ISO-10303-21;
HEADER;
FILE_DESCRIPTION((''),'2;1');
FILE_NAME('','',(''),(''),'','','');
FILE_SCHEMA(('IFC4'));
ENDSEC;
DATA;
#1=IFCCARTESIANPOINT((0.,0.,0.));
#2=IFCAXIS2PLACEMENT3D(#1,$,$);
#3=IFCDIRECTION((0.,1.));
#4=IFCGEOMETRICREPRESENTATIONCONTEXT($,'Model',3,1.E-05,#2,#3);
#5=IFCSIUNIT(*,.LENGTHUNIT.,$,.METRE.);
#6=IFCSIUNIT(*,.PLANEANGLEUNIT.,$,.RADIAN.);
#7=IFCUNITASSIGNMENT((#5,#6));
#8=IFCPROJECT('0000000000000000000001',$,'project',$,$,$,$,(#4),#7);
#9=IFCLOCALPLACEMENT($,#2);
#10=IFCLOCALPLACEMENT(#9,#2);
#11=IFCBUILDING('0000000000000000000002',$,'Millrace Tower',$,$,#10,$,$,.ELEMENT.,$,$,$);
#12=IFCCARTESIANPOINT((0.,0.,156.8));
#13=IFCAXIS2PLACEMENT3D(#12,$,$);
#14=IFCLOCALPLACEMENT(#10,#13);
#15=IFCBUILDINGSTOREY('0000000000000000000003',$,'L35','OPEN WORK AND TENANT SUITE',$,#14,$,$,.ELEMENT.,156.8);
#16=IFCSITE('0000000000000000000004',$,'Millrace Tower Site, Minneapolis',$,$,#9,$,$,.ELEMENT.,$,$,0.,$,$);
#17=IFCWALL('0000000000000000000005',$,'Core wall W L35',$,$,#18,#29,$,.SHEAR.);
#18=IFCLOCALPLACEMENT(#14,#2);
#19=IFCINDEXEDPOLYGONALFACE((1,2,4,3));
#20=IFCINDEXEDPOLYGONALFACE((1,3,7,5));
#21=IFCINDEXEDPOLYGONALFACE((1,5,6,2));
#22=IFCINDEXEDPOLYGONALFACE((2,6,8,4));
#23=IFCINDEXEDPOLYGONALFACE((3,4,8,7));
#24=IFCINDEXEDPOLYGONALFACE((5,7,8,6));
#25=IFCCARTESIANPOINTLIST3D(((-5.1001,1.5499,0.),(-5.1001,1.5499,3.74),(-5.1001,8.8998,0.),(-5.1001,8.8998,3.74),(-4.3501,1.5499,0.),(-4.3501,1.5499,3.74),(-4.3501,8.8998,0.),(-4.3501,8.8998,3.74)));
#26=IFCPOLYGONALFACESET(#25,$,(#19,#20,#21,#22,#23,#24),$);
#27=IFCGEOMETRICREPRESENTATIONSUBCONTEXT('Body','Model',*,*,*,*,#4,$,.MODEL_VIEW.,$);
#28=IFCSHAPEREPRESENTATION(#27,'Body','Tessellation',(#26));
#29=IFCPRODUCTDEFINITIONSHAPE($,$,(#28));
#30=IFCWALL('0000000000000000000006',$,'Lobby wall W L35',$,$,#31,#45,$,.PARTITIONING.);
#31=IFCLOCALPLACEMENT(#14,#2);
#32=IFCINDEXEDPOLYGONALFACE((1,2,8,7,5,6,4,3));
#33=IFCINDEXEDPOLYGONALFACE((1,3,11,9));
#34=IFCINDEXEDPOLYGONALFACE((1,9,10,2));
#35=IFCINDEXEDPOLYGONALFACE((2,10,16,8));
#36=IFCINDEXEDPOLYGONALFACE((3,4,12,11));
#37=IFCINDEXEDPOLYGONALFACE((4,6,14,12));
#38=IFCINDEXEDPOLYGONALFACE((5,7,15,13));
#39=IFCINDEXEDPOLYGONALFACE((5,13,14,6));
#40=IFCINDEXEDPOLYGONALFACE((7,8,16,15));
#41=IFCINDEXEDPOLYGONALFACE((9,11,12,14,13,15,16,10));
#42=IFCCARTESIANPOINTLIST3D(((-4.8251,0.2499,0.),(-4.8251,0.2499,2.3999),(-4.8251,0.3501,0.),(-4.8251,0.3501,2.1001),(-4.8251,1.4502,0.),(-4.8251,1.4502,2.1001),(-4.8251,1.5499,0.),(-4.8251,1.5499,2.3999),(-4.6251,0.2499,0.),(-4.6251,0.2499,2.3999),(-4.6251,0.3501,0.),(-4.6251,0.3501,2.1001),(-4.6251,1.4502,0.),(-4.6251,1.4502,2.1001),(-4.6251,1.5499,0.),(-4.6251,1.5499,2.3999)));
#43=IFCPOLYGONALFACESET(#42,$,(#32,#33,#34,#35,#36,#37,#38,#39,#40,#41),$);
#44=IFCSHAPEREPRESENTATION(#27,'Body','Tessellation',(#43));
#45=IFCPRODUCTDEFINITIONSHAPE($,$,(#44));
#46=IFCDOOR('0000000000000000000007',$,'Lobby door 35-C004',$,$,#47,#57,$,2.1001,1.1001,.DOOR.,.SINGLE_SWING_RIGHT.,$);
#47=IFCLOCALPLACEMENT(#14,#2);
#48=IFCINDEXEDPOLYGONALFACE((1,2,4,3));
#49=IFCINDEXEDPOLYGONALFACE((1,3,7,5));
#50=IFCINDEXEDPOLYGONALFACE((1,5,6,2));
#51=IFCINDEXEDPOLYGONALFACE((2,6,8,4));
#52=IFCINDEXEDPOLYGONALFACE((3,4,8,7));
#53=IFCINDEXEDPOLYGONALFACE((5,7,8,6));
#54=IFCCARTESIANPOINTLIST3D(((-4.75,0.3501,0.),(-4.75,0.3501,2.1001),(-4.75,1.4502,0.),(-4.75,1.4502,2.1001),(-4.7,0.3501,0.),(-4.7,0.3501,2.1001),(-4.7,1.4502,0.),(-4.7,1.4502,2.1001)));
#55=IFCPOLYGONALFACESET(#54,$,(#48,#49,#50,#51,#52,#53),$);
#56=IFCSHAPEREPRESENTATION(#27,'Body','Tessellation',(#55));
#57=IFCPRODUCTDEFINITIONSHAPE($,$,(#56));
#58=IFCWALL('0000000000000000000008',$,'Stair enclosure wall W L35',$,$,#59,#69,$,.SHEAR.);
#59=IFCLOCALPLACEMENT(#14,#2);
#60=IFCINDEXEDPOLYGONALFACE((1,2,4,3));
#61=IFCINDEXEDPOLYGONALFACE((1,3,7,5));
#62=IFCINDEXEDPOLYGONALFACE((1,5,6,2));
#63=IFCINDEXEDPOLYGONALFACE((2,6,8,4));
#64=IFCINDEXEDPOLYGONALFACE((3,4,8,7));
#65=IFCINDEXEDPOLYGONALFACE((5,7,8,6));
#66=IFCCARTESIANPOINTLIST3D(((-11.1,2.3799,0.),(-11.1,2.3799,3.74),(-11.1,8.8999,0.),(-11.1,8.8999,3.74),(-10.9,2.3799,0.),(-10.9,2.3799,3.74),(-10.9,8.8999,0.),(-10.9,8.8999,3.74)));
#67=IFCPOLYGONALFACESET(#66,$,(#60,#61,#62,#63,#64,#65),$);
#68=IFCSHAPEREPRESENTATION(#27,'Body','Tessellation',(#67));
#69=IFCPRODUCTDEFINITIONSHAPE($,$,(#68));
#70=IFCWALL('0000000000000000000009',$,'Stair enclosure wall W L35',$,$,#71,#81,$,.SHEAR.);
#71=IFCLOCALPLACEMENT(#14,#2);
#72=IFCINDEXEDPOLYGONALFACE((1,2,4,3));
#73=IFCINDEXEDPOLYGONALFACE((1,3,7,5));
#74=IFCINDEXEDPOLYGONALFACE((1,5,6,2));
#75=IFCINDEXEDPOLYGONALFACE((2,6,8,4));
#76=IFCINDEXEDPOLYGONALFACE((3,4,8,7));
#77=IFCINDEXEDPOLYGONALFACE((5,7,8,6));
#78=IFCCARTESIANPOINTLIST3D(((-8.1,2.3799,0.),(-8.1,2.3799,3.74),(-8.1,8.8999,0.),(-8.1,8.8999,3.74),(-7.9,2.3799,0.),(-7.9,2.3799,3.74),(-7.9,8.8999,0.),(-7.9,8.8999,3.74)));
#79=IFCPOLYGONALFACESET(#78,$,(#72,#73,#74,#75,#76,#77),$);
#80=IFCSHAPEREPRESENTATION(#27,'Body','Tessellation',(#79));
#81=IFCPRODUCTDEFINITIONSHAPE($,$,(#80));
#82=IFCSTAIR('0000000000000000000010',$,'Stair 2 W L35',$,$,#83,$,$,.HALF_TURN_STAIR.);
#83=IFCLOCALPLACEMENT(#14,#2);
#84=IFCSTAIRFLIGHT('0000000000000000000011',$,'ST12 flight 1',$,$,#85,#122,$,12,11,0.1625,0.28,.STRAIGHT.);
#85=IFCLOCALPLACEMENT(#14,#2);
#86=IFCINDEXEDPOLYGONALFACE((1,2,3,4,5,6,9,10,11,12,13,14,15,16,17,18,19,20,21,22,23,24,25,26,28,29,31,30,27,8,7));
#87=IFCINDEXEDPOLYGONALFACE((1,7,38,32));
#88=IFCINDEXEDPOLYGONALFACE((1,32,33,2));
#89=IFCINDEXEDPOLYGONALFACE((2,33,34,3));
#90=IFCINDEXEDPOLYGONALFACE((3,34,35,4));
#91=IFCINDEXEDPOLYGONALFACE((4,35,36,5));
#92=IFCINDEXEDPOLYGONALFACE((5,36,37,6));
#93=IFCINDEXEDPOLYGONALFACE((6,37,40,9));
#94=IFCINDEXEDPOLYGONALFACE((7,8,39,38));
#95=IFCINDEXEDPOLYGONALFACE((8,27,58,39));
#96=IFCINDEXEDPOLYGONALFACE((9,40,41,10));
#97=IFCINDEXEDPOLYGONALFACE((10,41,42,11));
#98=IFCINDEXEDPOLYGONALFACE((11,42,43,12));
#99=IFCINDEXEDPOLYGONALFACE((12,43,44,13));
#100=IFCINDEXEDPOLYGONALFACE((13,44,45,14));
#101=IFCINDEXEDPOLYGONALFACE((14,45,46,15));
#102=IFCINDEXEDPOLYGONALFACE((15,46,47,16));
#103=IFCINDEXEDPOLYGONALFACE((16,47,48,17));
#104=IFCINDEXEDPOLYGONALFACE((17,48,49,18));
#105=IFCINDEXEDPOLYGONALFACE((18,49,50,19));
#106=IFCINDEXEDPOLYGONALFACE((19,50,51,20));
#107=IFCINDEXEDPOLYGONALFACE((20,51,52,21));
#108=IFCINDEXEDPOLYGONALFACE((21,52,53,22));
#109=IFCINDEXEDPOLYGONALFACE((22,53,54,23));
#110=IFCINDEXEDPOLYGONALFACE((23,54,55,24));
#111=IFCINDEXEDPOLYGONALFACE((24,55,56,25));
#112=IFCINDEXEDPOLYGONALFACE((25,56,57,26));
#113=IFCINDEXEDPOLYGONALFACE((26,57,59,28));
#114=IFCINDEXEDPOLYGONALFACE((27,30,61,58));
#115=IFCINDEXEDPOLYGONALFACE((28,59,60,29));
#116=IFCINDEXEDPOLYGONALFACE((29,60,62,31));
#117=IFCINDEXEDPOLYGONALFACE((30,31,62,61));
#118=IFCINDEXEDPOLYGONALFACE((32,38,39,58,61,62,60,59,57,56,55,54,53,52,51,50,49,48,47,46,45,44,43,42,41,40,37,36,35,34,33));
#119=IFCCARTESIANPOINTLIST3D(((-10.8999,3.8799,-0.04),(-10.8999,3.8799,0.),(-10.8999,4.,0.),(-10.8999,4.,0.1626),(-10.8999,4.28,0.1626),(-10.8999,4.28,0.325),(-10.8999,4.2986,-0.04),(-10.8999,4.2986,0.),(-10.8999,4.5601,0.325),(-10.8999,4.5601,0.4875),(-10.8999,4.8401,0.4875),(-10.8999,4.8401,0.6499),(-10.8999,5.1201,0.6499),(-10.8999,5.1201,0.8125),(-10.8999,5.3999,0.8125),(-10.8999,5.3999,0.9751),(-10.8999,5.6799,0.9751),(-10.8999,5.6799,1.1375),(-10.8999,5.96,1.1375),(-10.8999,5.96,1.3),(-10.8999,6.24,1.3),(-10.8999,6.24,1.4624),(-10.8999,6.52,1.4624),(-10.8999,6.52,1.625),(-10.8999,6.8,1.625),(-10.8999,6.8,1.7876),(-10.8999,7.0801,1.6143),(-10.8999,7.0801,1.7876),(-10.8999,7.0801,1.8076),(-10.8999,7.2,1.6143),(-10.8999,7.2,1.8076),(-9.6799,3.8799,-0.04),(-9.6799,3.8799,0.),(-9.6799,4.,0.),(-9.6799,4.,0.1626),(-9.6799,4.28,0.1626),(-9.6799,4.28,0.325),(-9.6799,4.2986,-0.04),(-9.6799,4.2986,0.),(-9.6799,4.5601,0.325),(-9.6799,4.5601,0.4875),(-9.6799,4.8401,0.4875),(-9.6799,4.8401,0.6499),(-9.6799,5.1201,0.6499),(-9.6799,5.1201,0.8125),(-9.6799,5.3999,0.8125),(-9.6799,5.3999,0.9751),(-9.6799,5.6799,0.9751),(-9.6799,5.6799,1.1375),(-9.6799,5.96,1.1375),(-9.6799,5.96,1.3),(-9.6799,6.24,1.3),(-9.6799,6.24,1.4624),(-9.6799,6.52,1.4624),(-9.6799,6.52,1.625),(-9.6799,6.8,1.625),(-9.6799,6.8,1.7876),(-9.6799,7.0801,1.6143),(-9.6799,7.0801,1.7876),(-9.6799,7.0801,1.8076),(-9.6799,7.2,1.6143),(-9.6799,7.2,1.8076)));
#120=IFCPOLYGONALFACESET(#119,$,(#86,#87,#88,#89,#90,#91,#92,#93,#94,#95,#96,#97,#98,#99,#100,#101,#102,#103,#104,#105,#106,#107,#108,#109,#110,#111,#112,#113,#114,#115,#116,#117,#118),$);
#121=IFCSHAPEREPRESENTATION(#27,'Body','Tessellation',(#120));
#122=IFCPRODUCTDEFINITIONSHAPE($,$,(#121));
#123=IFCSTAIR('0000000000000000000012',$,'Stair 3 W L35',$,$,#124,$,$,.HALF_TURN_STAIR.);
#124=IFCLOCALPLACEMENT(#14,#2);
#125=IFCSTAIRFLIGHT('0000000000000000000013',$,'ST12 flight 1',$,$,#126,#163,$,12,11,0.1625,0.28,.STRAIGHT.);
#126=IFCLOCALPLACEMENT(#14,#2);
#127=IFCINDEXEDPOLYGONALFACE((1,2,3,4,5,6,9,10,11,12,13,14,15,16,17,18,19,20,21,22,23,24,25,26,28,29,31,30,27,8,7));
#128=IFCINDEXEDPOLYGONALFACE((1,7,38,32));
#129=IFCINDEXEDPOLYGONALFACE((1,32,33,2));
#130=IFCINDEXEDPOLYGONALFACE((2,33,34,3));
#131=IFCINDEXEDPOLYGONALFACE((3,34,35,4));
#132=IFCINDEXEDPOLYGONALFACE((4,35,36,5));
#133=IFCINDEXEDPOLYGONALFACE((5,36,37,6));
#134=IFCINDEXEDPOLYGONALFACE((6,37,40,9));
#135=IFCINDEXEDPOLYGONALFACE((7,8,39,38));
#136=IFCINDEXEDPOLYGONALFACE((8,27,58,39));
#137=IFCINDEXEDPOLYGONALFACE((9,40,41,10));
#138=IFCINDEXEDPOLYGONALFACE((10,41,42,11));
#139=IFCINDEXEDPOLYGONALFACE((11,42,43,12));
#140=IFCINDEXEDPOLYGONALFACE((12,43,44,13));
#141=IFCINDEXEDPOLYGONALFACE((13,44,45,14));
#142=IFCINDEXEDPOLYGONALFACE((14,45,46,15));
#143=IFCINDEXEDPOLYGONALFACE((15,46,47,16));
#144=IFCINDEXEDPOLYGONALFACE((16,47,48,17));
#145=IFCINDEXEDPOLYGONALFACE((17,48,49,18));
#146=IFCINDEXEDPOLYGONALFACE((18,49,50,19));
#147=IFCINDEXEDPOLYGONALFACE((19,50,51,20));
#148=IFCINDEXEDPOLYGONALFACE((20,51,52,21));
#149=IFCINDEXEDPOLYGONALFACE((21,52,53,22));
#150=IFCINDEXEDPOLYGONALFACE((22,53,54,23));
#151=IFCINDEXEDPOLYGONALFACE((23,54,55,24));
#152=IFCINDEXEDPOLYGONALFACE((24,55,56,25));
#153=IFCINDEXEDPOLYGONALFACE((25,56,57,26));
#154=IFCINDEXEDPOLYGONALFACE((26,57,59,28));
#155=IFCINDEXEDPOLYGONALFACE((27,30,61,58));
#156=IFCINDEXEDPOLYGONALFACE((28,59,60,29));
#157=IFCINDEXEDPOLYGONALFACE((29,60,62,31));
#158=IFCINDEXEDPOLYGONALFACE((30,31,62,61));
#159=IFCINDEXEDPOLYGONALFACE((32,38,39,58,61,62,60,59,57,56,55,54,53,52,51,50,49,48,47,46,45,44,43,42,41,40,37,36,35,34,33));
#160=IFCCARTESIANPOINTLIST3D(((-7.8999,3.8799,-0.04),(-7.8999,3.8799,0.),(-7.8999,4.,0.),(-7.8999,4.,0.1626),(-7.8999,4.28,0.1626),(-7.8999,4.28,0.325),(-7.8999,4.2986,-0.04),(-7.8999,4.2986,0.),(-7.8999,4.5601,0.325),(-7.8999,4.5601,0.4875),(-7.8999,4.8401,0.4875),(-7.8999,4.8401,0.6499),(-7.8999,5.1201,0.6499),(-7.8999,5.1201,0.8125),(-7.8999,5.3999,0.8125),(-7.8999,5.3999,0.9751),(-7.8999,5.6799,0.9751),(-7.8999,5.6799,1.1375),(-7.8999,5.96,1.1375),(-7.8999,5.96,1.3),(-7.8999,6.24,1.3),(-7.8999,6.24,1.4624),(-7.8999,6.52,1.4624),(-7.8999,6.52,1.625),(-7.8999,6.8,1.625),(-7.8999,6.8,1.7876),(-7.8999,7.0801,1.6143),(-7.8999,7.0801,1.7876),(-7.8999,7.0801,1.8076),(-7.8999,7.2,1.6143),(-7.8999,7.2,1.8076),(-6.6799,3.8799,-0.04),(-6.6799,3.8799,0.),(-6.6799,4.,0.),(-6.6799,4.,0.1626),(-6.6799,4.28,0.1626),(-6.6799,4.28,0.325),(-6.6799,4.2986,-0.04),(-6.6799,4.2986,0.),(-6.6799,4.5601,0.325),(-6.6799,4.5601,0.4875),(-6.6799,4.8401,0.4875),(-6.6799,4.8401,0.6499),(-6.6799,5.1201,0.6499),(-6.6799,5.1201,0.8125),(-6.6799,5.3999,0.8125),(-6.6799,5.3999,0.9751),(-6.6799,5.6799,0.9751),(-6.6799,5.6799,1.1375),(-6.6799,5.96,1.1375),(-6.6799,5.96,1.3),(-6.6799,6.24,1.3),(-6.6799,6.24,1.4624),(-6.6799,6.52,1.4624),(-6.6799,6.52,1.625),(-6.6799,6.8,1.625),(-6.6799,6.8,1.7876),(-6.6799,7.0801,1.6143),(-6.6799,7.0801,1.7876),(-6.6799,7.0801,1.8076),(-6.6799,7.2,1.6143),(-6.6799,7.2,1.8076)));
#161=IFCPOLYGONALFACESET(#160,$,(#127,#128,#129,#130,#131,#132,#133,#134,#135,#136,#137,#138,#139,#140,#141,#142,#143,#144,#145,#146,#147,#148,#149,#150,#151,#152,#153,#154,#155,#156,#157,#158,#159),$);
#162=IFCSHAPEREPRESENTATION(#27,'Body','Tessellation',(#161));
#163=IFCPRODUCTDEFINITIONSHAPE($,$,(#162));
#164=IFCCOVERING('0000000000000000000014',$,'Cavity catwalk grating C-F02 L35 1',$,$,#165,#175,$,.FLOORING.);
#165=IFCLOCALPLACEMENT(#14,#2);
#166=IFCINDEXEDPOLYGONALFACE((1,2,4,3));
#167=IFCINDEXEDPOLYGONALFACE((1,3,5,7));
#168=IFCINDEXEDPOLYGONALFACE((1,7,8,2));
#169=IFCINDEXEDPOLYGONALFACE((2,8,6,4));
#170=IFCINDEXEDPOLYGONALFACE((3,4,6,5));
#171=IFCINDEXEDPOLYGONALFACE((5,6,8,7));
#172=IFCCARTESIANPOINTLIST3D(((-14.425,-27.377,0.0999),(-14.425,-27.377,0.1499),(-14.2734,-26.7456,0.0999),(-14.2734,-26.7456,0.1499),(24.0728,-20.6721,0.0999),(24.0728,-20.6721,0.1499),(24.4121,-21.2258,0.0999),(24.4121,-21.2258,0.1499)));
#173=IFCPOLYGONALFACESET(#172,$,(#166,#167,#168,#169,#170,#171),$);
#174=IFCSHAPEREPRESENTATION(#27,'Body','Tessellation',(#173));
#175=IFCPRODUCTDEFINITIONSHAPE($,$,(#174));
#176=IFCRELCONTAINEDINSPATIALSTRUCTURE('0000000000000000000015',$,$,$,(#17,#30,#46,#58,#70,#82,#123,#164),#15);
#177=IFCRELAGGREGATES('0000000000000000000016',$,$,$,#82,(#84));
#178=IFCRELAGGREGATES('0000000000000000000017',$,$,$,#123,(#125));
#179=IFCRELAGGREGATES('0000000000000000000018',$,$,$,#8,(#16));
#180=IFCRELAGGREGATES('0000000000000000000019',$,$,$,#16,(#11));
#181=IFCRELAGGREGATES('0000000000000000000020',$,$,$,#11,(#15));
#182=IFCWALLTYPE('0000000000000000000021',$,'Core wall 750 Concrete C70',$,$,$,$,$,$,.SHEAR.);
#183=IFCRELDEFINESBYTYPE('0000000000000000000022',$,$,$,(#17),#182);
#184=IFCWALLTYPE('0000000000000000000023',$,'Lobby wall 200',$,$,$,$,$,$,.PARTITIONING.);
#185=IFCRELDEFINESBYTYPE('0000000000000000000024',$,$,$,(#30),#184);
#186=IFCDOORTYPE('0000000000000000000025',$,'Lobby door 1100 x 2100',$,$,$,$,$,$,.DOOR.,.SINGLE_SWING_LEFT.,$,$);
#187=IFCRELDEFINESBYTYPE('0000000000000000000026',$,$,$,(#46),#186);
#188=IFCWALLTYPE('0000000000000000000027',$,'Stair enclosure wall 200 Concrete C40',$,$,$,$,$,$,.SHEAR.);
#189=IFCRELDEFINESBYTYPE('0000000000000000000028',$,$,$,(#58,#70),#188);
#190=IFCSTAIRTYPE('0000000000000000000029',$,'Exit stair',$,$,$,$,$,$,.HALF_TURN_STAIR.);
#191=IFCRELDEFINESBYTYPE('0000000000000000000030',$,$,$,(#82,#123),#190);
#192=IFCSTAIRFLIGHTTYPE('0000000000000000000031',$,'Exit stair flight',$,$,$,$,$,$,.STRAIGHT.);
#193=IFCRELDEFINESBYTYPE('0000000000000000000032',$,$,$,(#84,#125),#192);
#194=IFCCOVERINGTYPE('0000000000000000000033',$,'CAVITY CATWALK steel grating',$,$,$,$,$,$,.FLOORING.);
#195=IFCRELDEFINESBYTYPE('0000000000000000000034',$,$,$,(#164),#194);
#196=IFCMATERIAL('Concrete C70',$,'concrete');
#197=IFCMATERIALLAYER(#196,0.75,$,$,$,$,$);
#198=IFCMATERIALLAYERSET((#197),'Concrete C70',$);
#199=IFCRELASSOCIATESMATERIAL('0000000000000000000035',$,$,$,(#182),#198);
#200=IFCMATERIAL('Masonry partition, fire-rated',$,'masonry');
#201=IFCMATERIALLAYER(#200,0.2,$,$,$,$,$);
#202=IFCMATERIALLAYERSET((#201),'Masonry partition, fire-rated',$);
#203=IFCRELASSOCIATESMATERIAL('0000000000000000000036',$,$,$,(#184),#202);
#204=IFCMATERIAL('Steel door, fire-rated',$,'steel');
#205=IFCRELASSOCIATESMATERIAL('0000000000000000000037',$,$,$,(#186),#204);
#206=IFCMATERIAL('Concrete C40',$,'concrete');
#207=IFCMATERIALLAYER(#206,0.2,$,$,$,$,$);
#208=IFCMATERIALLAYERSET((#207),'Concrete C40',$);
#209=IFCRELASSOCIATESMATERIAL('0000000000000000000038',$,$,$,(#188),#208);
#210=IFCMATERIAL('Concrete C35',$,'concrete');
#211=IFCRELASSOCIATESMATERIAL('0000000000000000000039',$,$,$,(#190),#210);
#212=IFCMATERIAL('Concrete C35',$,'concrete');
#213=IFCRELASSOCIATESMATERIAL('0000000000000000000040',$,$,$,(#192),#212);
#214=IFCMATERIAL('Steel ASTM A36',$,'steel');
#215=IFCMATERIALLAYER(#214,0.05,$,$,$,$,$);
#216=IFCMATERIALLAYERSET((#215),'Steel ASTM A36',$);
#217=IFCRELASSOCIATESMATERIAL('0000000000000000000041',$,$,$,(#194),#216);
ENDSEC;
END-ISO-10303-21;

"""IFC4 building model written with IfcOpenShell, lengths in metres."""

from ifc_helpers import new_model, si_unit, direction, frame, frame_2d, origin, place, context, subcontext, project, spatial, polyline, rectangle, outline, extrude, material, layer, layer_set, type_object, element, fill, aggregate, save


model = new_model("IFC4")

# Units and contexts
model_context = context("Model", 3, precision=1e-05, world=origin(), true_north=direction((0.0, 1.0)))
body_context = subcontext(model_context, "Body", "Model", "MODEL_VIEW")
ifc_project = project(units=[si_unit("LENGTHUNIT", "METRE"), si_unit("PLANEANGLEUNIT", "RADIAN")], contexts=[model_context])

# Site, building, storey
site_placement = place(None, origin())
site = spatial("IfcSite", under=ifc_project, at=site_placement, Name="Millrace Tower Site, Minneapolis", CompositionType="ELEMENT", RefElevation=0.0)
building_placement = place(site_placement, origin())
building = spatial("IfcBuilding", under=site, at=building_placement, Name="Millrace Tower", CompositionType="ELEMENT")
storey_placement = place(building_placement, frame((0.0, 0.0, 156.8)))
storey = spatial("IfcBuildingStorey", under=building, at=storey_placement, Name="L35", Description="OPEN WORK AND TENANT SUITE", CompositionType="ELEMENT", Elevation=156.8)

# Shared definitions
placement_1 = place(storey_placement, origin())

# Wall
ifc_material_1 = material(Name="Concrete C70", Category="concrete")
ifc_layer_1 = layer(ifc_material_1, 0.75)
ifc_layer_set_1 = layer_set([ifc_layer_1], Name="Concrete C70")
wall_type_1 = type_object("IfcWallType", Name="Core wall 750 Concrete C70", PredefinedType="SHEAR", material=ifc_layer_set_1)
wall_1_placement = place(storey_placement, frame((-4.7251, 1.55, 0.0), z_axis=(0.0, 0.0, 1.0), x_axis=(0.0, 1.0, 0.0)))
element("IfcWall", 1, at=wall_1_placement, inside=storey, type_object=wall_type_1, Name="Core wall W L35", PredefinedType="SHEAR", context=body_context, shape_type="SweptSolid", body=[
    extrude(rectangle(XDim=7.3499, YDim=0.75, at=frame_2d((3.6748, 0.0))), origin(), (0.0, 0.0, 1.0), 3.74),
])

# Wall, opening, door
ifc_material_2 = material(Name="Masonry partition, fire-rated", Category="masonry")
ifc_layer_2 = layer(ifc_material_2, 0.2)
ifc_layer_set_2 = layer_set([ifc_layer_2], Name="Masonry partition, fire-rated")
wall_type_2 = type_object("IfcWallType", Name="Lobby wall 200", PredefinedType="PARTITIONING", material=ifc_layer_set_2)
wall_2_placement = place(storey_placement, frame((-4.7251, 0.25, 0.0), z_axis=(0.0, 0.0, 1.0), x_axis=(0.0, 1.0, 0.0)))
wall_2 = element("IfcWall", 2, at=wall_2_placement, inside=storey, type_object=wall_type_2, Name="Lobby wall W L35", PredefinedType="PARTITIONING", context=body_context, shape_type="SweptSolid", body=[
    extrude(rectangle(XDim=1.3, YDim=0.2, at=frame_2d((0.6499, 0.0))), origin(), (0.0, 0.0, 1.0), 2.3999),
])
opening_placement = place(wall_2_placement, frame((0.1001, 0.0, 0.0)))
opening = element("IfcOpeningElement", 3, at=opening_placement, cuts=wall_2, PredefinedType="OPENING", context=body_context, shape_type="SweptSolid", body=[
    extrude(rectangle(XDim=1.1001, YDim=2.1001, at=frame_2d((0.55, 1.05))), frame((0.0, 0.1099, 0.0), z_axis=(0.0, -1.0, 0.0), x_axis=(1.0, 0.0, 0.0)), (0.0, 0.0, 1.0), 0.22),
])
ifc_material_3 = material(Name="Steel door, fire-rated", Category="steel")
door_type = type_object("IfcDoorType", Name="Lobby door 1100 x 2100", OperationType="SINGLE_SWING_LEFT", PredefinedType="DOOR", material=ifc_material_3)
door_placement = place(opening_placement, origin())
door = element("IfcDoor", 4, at=door_placement, inside=storey, type_object=door_type, Name="Lobby door 35-C004", OperationType="SINGLE_SWING_RIGHT", OverallHeight=2.1001, OverallWidth=1.1001, PredefinedType="DOOR", context=body_context, shape_type="SweptSolid", body=[
    extrude(rectangle(XDim=1.1001, YDim=2.1001, at=frame_2d((0.55, 1.05))), frame((0.0, 0.0249, 0.0), z_axis=(0.0, -1.0, 0.0), x_axis=(1.0, 0.0, 0.0)), (0.0, 0.0, 1.0), 0.05),
])
fill(opening, door)

# Walls
ifc_material_4 = material(Name="Concrete C40", Category="concrete")
ifc_layer_3 = layer(ifc_material_4, 0.2)
ifc_layer_set_3 = layer_set([ifc_layer_3], Name="Concrete C40")
wall_type_3 = type_object("IfcWallType", Name="Stair enclosure wall 200 Concrete C40", PredefinedType="SHEAR", material=ifc_layer_set_3)
for number, where, z_axis, x_axis, name in (
    (5, (-11.0, 2.3799, 0.0), (0.0, 0.0, 1.0), (0.0, 1.0, 0.0), "Stair enclosure wall W L35"),
    (6, (-8.0, 2.3799, 0.0), (0.0, 0.0, 1.0), (0.0, 1.0, 0.0), "Stair enclosure wall W L35"),
):
    element("IfcWall", number, at=place(storey_placement, frame(where, z_axis=z_axis, x_axis=x_axis)), inside=storey, type_object=wall_type_3, Name=name, PredefinedType="SHEAR", context=body_context, shape_type="SweptSolid", body=[
        extrude(rectangle(XDim=6.52, YDim=0.2, at=frame_2d((3.26, 0.0))), origin(), (0.0, 0.0, 1.0), 3.74),
    ])

# Stairs, stair flights
ifc_material_5 = material(Name="Concrete C35", Category="concrete")
stair_type = type_object("IfcStairType", Name="Exit stair", PredefinedType="HALF_TURN_STAIR", material=ifc_material_5)
stair_1 = element("IfcStair", 7, at=placement_1, inside=storey, type_object=stair_type, Name="Stair 2 W L35", PredefinedType="HALF_TURN_STAIR")
ifc_material_6 = material(Name="Concrete C35", Category="concrete")
stair_flight_type = type_object("IfcStairFlightType", Name="Exit stair flight", PredefinedType="STRAIGHT", material=ifc_material_6)
stair_flight_1_placement = place(storey_placement, frame((-10.29, 4.0, 0.0), z_axis=(0.0, 0.0, 1.0), x_axis=(0.0, 1.0, 0.0)))
stair_flight_1 = element("IfcStairFlight", 8, at=stair_flight_1_placement, type_object=stair_flight_type, Name="ST12 flight 1", NumberOfRisers=12, NumberOfTreads=11, PredefinedType="STRAIGHT", RiserHeight=0.1625, TreadLength=0.28, context=body_context, shape_type="SweptSolid", body=[
    extrude(outline(polyline([(-0.1201, -0.04), (-0.1201, 0.0), (0.0, 0.0), (0.0, 0.1626), (0.28, 0.1626), (0.28, 0.325), (0.5601, 0.325), (0.5601, 0.4875), (0.8401, 0.4875), (0.8401, 0.6499), (1.1201, 0.6499), (1.1201, 0.8125), (1.3999, 0.8125), (1.3999, 0.9751), (1.6799, 0.9751), (1.6799, 1.1375), (1.96, 1.1375), (1.96, 1.3), (2.24, 1.3), (2.24, 1.4624), (2.52, 1.4624), (2.52, 1.625), (2.8, 1.625), (2.8, 1.7876), (3.0801, 1.7876), (3.0801, 1.8076), (3.2, 1.8076), (3.2, 1.6143), (3.0801, 1.6143), (0.2986, 0.0), (0.2986, -0.04), (-0.1201, -0.04)])), frame((0.0, 0.6099, 0.0), z_axis=(0.0, -1.0, 0.0), x_axis=(1.0, 0.0, 0.0)), (0.0, 0.0, 1.0), 1.22),
])
aggregate(stair_1, [stair_flight_1])
stair_2 = element("IfcStair", 9, at=placement_1, inside=storey, type_object=stair_type, Name="Stair 3 W L35", PredefinedType="HALF_TURN_STAIR")
stair_flight_2_placement = place(storey_placement, frame((-7.29, 4.0, 0.0), z_axis=(0.0, 0.0, 1.0), x_axis=(0.0, 1.0, 0.0)))
stair_flight_2 = element("IfcStairFlight", 10, at=stair_flight_2_placement, type_object=stair_flight_type, Name="ST12 flight 1", NumberOfRisers=12, NumberOfTreads=11, PredefinedType="STRAIGHT", RiserHeight=0.1625, TreadLength=0.28, context=body_context, shape_type="SweptSolid", body=[
    extrude(outline(polyline([(-0.1201, -0.04), (-0.1201, 0.0), (0.0, 0.0), (0.0, 0.1626), (0.28, 0.1626), (0.28, 0.325), (0.5601, 0.325), (0.5601, 0.4875), (0.8401, 0.4875), (0.8401, 0.6499), (1.1201, 0.6499), (1.1201, 0.8125), (1.3999, 0.8125), (1.3999, 0.9751), (1.6799, 0.9751), (1.6799, 1.1375), (1.96, 1.1375), (1.96, 1.3), (2.24, 1.3), (2.24, 1.4624), (2.52, 1.4624), (2.52, 1.625), (2.8, 1.625), (2.8, 1.7876), (3.0801, 1.7876), (3.0801, 1.8076), (3.2, 1.8076), (3.2, 1.6143), (3.0801, 1.6143), (0.2986, 0.0), (0.2986, -0.04), (-0.1201, -0.04)])), frame((0.0, 0.6099, 0.0), z_axis=(0.0, -1.0, 0.0), x_axis=(1.0, 0.0, 0.0)), (0.0, 0.0, 1.0), 1.22),
])
aggregate(stair_2, [stair_flight_2])

# Covering
ifc_material_7 = material(Name="Steel ASTM A36", Category="steel")
ifc_layer_4 = layer(ifc_material_7, 0.05)
ifc_layer_set_4 = layer_set([ifc_layer_4], Name="Steel ASTM A36")
covering_type = type_object("IfcCoveringType", Name="CAVITY CATWALK steel grating", PredefinedType="FLOORING", material=ifc_layer_set_4)
placement_2 = place(storey_placement, frame((0.0, 0.0, 0.0999)))
element("IfcCovering", 11, at=placement_2, inside=storey, type_object=covering_type, Name="Cavity catwalk grating C-F02 L35 1", PredefinedType="FLOORING", context=body_context, shape_type="SweptSolid", body=[
    extrude(outline(polyline([(-14.425, -27.377), (24.4121, -21.2258), (24.0728, -20.6721), (-14.2734, -26.7456), (-14.425, -27.377)])), origin(), (0.0, 0.0, 1.0), 0.05),
])

save(model, "model.ifc")
